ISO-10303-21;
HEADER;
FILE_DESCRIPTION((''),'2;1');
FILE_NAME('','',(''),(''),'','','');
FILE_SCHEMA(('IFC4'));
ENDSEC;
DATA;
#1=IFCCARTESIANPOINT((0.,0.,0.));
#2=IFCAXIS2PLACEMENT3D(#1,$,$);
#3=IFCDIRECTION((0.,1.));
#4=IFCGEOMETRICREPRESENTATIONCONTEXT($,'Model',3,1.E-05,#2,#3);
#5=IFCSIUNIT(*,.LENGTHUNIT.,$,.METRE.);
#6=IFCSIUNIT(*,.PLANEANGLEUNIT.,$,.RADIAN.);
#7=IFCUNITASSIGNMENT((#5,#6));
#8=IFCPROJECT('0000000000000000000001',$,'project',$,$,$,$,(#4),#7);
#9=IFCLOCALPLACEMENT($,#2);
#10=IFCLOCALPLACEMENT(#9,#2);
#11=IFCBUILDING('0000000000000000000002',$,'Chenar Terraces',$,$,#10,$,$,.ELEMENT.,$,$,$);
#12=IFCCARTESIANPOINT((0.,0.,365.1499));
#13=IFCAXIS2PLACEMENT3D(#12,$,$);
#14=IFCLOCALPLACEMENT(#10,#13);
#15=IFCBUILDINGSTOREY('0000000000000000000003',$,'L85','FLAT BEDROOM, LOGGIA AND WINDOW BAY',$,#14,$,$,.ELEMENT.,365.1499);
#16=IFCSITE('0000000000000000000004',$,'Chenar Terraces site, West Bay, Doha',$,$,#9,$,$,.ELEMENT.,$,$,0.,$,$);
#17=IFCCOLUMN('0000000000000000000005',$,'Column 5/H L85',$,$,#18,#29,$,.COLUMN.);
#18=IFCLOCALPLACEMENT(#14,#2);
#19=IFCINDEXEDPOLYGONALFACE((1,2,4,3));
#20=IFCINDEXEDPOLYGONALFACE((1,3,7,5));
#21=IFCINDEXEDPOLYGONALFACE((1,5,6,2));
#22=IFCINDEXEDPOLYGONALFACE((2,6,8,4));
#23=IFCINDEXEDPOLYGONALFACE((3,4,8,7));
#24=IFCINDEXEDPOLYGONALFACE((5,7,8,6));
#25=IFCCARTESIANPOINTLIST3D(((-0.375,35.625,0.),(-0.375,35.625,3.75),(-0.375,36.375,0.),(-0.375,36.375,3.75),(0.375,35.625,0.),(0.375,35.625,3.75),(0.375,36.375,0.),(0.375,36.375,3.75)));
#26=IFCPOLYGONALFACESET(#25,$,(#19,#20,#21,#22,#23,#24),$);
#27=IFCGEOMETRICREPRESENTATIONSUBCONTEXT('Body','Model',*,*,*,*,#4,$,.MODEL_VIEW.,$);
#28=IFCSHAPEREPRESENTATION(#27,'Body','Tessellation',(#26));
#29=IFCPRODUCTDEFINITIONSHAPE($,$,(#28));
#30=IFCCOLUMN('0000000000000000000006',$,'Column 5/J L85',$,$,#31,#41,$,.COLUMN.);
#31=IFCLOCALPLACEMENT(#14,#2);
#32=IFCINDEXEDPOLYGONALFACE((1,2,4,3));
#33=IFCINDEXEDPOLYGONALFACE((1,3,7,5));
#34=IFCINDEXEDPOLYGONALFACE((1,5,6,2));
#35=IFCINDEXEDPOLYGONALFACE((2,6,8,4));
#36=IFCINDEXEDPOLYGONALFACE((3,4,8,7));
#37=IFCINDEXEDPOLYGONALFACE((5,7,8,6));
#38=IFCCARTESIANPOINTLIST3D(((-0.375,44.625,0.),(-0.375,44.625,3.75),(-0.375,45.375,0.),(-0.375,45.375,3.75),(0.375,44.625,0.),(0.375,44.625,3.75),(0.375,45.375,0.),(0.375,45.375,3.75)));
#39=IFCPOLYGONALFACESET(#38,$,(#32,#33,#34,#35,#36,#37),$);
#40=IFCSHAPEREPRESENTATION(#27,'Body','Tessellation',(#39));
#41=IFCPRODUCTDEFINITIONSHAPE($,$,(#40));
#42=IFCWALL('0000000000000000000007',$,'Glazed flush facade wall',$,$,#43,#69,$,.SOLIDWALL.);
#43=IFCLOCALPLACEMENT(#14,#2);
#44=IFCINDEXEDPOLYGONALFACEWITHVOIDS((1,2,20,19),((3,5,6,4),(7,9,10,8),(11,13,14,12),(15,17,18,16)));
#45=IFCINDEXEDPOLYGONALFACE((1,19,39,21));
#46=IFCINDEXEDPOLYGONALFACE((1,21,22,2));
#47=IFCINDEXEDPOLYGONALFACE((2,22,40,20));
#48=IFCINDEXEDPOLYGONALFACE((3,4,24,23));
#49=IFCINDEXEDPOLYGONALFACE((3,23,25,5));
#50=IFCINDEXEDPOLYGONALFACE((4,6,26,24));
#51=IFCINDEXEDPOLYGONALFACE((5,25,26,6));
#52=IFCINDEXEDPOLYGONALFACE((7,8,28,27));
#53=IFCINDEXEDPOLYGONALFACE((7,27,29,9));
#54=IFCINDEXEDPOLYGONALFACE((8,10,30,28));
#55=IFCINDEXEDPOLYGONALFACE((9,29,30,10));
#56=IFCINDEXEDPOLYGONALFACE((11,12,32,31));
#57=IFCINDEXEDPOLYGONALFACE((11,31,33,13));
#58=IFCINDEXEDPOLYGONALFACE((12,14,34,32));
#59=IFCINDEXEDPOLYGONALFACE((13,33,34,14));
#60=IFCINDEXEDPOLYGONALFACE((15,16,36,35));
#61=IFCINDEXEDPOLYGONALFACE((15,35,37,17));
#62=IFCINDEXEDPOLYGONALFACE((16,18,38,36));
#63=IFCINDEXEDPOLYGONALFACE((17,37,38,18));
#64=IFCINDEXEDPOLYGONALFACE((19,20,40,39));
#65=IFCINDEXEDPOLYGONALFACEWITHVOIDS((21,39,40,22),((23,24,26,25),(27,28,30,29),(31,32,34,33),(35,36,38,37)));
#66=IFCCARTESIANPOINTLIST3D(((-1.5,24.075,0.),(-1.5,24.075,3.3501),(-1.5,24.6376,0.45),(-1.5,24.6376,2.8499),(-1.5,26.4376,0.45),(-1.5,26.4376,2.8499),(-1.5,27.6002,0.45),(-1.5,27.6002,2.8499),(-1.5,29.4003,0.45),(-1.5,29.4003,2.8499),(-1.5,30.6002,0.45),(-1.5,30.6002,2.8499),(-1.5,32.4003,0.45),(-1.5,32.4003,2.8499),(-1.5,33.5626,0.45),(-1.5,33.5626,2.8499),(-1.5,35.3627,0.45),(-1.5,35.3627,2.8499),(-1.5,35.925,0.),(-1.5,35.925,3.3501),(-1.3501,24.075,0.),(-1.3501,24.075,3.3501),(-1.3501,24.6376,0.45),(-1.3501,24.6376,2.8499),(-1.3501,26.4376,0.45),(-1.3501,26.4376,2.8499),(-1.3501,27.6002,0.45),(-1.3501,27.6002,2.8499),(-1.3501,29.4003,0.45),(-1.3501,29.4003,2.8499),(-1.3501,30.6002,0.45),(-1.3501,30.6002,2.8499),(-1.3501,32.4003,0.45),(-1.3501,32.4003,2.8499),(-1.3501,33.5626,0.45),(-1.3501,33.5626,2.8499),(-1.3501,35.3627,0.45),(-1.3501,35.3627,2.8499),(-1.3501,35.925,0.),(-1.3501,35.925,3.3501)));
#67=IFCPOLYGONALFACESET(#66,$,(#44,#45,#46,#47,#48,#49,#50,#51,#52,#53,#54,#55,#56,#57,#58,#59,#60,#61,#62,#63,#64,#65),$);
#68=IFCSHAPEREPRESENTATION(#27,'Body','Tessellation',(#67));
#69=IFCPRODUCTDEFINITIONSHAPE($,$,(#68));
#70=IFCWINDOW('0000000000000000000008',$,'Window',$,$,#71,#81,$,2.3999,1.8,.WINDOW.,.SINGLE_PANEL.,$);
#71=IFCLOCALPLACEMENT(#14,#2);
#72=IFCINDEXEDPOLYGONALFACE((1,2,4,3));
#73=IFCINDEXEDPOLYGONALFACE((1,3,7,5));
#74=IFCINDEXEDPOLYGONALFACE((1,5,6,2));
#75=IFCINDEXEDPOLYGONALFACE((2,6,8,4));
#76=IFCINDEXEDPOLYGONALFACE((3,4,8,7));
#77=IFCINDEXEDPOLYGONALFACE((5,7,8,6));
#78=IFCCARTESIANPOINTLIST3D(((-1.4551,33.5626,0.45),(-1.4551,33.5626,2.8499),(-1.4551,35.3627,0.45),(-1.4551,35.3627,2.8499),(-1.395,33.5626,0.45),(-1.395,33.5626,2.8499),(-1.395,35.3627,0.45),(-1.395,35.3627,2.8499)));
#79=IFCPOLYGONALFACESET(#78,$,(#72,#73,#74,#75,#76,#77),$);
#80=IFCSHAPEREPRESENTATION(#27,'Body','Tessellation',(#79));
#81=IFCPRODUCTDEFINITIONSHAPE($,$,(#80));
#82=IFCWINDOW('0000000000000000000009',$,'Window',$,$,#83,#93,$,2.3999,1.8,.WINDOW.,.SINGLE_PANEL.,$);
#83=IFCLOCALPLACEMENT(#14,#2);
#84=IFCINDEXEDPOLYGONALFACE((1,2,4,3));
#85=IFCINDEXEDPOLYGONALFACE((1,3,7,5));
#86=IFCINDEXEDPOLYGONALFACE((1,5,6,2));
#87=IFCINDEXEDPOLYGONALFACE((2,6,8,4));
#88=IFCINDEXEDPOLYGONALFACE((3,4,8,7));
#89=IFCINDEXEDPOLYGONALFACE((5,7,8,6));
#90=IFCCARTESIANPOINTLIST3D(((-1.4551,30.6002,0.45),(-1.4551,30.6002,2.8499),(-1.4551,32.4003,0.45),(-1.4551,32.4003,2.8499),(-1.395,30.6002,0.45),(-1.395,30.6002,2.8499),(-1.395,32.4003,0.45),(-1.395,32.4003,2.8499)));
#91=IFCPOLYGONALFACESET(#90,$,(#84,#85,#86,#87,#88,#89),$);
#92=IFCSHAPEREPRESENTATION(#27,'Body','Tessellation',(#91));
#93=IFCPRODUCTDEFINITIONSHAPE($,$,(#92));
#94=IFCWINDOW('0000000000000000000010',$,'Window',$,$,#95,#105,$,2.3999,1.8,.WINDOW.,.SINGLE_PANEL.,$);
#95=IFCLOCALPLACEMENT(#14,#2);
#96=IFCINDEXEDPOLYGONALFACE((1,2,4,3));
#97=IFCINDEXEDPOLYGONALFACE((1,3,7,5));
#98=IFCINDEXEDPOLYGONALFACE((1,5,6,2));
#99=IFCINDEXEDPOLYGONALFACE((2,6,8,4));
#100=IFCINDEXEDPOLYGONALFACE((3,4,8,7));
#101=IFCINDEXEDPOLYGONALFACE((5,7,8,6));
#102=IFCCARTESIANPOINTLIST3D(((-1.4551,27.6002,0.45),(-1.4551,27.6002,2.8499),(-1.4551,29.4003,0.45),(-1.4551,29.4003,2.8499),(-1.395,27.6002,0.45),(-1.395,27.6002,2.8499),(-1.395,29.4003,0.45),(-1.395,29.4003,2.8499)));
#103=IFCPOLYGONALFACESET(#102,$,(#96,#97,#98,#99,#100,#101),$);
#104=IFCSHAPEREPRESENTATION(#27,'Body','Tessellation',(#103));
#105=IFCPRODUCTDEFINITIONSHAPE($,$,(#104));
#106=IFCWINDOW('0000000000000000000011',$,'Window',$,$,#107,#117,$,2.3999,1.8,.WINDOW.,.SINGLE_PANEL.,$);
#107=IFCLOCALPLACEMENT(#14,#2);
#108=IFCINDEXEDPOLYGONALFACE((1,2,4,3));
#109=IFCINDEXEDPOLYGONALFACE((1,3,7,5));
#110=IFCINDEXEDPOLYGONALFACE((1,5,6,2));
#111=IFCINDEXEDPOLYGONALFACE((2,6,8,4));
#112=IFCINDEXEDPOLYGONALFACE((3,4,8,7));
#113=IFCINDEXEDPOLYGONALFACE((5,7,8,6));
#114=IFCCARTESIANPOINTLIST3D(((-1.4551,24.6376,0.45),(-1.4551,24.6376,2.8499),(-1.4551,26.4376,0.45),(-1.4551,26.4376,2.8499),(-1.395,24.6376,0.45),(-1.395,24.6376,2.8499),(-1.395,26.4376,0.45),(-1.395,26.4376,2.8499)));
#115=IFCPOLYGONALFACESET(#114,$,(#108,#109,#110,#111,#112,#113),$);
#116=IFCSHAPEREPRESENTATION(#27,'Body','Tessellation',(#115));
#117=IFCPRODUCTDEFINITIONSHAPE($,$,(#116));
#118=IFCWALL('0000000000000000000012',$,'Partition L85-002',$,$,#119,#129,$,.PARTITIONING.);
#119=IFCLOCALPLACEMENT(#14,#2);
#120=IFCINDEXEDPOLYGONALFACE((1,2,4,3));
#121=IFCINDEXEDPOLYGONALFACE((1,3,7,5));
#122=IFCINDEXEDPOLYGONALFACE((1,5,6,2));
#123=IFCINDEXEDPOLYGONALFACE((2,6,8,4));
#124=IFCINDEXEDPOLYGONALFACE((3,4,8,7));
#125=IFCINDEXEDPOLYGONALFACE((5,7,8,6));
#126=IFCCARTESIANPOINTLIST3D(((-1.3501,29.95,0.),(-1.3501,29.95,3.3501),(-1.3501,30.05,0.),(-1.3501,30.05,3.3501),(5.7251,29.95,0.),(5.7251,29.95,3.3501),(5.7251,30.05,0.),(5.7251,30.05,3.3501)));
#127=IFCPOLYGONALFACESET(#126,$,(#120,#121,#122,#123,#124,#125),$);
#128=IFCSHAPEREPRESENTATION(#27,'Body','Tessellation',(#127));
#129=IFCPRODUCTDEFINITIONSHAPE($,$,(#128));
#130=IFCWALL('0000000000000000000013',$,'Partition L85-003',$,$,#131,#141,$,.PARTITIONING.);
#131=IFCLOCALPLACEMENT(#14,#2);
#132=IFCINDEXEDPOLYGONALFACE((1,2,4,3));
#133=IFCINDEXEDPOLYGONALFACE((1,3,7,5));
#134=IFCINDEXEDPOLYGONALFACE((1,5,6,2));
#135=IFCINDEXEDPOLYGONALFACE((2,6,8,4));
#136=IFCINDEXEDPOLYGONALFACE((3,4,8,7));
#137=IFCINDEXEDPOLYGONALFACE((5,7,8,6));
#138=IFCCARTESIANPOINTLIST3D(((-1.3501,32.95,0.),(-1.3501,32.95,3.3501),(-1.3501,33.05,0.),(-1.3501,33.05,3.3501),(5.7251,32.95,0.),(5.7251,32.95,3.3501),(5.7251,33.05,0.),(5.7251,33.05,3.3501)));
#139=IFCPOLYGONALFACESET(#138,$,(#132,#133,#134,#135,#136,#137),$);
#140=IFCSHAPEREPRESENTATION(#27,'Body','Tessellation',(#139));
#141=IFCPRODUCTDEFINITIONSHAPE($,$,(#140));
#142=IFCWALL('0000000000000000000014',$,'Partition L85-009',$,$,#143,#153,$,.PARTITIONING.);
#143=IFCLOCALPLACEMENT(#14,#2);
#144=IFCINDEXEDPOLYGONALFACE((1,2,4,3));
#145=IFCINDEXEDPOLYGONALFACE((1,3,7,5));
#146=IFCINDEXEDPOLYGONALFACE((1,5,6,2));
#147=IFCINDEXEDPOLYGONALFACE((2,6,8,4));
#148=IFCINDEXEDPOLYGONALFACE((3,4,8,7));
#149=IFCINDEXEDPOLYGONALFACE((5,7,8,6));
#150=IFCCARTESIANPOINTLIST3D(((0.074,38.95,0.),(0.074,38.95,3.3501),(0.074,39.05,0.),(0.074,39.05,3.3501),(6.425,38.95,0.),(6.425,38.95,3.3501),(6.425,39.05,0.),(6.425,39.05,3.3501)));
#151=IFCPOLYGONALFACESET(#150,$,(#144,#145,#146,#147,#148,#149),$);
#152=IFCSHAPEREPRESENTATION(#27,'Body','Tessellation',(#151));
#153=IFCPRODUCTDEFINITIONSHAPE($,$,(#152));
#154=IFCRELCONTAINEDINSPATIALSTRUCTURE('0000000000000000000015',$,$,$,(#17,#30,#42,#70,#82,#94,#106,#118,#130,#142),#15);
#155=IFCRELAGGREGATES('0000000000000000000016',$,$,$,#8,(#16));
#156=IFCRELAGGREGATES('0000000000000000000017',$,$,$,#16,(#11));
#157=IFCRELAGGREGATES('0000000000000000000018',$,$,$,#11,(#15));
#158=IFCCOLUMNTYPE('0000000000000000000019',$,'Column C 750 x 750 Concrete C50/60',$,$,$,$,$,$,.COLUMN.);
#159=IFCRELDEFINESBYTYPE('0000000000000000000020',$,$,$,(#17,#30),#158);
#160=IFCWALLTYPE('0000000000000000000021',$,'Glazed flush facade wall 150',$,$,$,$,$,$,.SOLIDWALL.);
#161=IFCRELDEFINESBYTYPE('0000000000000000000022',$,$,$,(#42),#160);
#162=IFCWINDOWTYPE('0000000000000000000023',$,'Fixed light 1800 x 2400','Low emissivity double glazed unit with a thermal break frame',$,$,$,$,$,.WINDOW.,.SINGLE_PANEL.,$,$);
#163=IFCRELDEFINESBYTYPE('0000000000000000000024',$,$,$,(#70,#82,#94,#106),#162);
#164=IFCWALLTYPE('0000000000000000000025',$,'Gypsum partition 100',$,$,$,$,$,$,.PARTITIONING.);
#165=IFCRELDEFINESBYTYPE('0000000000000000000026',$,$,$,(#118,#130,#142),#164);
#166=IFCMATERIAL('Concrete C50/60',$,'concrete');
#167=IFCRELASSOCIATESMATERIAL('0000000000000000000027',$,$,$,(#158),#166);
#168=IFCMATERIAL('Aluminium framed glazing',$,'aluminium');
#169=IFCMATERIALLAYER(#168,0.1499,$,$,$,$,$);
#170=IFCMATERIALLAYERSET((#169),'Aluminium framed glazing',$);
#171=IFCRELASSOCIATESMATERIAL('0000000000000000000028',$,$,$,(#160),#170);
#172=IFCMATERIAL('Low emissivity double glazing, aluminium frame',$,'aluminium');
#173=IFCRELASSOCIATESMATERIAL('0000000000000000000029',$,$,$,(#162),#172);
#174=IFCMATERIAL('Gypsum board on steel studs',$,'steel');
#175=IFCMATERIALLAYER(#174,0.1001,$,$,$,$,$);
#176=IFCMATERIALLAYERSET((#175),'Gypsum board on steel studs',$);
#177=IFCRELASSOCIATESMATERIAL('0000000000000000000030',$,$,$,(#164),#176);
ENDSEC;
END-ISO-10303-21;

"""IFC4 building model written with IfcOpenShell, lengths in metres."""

from ifc_helpers import new_model, si_unit, direction, frame, frame_2d, origin, origin_2d, place, context, subcontext, project, spatial, rectangle, extrude, material, layer, layer_set, material_profile, profile_set, type_object, element, fill, save


model = new_model("IFC4")

# Units and contexts
model_context = context("Model", 3, precision=1e-05, world=origin(), true_north=direction((0.0, 1.0)))
body_context = subcontext(model_context, "Body", "Model", "MODEL_VIEW")
ifc_project = project(units=[si_unit("LENGTHUNIT", "METRE"), si_unit("PLANEANGLEUNIT", "RADIAN")], contexts=[model_context])

# Site, building, storey
site_placement = place(None, origin())
site = spatial("IfcSite", under=ifc_project, at=site_placement, Name="Chenar Terraces site, West Bay, Doha", CompositionType="ELEMENT", RefElevation=0.0)
building_placement = place(site_placement, origin())
building = spatial("IfcBuilding", under=site, at=building_placement, Name="Chenar Terraces", CompositionType="ELEMENT")
storey_placement = place(building_placement, frame((0.0, 0.0, 365.1499)))
storey = spatial("IfcBuildingStorey", under=building, at=storey_placement, Name="L85", Description="FLAT BEDROOM, LOGGIA AND WINDOW BAY", CompositionType="ELEMENT", Elevation=365.1499)

# Columns
ifc_material_1 = material(Name="Concrete C50/60", Category="concrete")
ifc_material_profile = material_profile(ifc_material_1, rectangle(XDim=0.75, YDim=0.75, at=origin_2d()), Name="C 750 x 750")
ifc_profile_set = profile_set([ifc_material_profile], Name="Concrete C50/60")
column_type = type_object("IfcColumnType", Name="Column C 750 x 750 Concrete C50/60", PredefinedType="COLUMN", material=ifc_profile_set)
placement = place(storey_placement, frame((0.0, 36.0, 0.0), z_axis=(0.0, 0.0, 1.0), x_axis=(1.0, 0.0, 0.0)))
element("IfcColumn", 1, at=placement, inside=storey, type_object=column_type, Name="Column 5/H L85", PredefinedType="COLUMN", context=body_context, shape_type="SweptSolid", body=[
    extrude(rectangle(XDim=0.75, YDim=0.75, at=origin_2d()), origin(), (0.0, 0.0, 1.0), 3.75),
])
column_1_placement = place(storey_placement, frame((0.0, 45.0, 0.0), z_axis=(0.0, 0.0, 1.0), x_axis=(1.0, 0.0, 0.0)))
element("IfcColumn", 2, at=column_1_placement, inside=storey, type_object=column_type, Name="Column 5/J L85", PredefinedType="COLUMN", context=body_context, shape_type="SweptSolid", body=[
    extrude(rectangle(XDim=0.75, YDim=0.75, at=origin_2d()), origin(), (0.0, 0.0, 1.0), 3.75),
])

# Wall, openings, windows
ifc_material_2 = material(Name="Aluminium framed glazing", Category="aluminium")
ifc_layer_1 = layer(ifc_material_2, 0.1499)
ifc_layer_set_1 = layer_set([ifc_layer_1], Name="Aluminium framed glazing")
wall_type_1 = type_object("IfcWallType", Name="Glazed flush facade wall 150", PredefinedType="SOLIDWALL", material=ifc_layer_set_1)
wall_1_placement = place(storey_placement, frame((-1.425, 35.925, 0.0), z_axis=(0.0, 0.0, 1.0), x_axis=(0.0, -1.0, 0.0)))
wall_1 = element("IfcWall", 3, at=wall_1_placement, inside=storey, type_object=wall_type_1, Name="Glazed flush facade wall", PredefinedType="SOLIDWALL", context=body_context, shape_type="SweptSolid", body=[
    extrude(rectangle(XDim=11.8501, YDim=0.1499, at=frame_2d((5.925, 0.0))), origin(), (0.0, 0.0, 1.0), 3.3501),
])
opening_1_placement = place(wall_1_placement, frame((0.5625, 0.0, 0.45)))
opening_1 = element("IfcOpeningElement", 4, at=opening_1_placement, cuts=wall_1, PredefinedType="OPENING", context=body_context, shape_type="SweptSolid", body=[
    extrude(rectangle(XDim=1.8, YDim=2.3999, at=frame_2d((0.8999, 1.2))), frame((0.0, 0.085, 0.0), z_axis=(0.0, -1.0, 0.0), x_axis=(1.0, 0.0, 0.0)), (0.0, 0.0, 1.0), 0.1699),
])
opening_2_placement = place(wall_1_placement, frame((3.5249, 0.0, 0.45)))
opening_2 = element("IfcOpeningElement", 5, at=opening_2_placement, cuts=wall_1, PredefinedType="OPENING", context=body_context, shape_type="SweptSolid", body=[
    extrude(rectangle(XDim=1.8, YDim=2.3999, at=frame_2d((0.8999, 1.2))), frame((0.0, 0.085, 0.0), z_axis=(0.0, -1.0, 0.0), x_axis=(1.0, 0.0, 0.0)), (0.0, 0.0, 1.0), 0.1699),
])
opening_3_placement = place(wall_1_placement, frame((6.5249, 0.0, 0.45)))
opening_3 = element("IfcOpeningElement", 6, at=opening_3_placement, cuts=wall_1, PredefinedType="OPENING", context=body_context, shape_type="SweptSolid", body=[
    extrude(rectangle(XDim=1.8, YDim=2.3999, at=frame_2d((0.8999, 1.2))), frame((0.0, 0.085, 0.0), z_axis=(0.0, -1.0, 0.0), x_axis=(1.0, 0.0, 0.0)), (0.0, 0.0, 1.0), 0.1699),
])
opening_4_placement = place(wall_1_placement, frame((9.4875, 0.0, 0.45)))
opening_4 = element("IfcOpeningElement", 7, at=opening_4_placement, cuts=wall_1, PredefinedType="OPENING", context=body_context, shape_type="SweptSolid", body=[
    extrude(rectangle(XDim=1.8, YDim=2.3999, at=frame_2d((0.8999, 1.2))), frame((0.0, 0.085, 0.0), z_axis=(0.0, -1.0, 0.0), x_axis=(1.0, 0.0, 0.0)), (0.0, 0.0, 1.0), 0.1699),
])
ifc_material_3 = material(Name="Low emissivity double glazing, aluminium frame", Category="aluminium")
window_type = type_object("IfcWindowType", Name="Fixed light 1800 x 2400", Description="Low emissivity double glazed unit with a thermal break frame", PartitioningType="SINGLE_PANEL", PredefinedType="WINDOW", material=ifc_material_3)
window_1_placement = place(opening_1_placement, origin())
window_1 = element("IfcWindow", 8, at=window_1_placement, inside=storey, type_object=window_type, Name="Window", OverallHeight=2.3999, OverallWidth=1.8, PartitioningType="SINGLE_PANEL", PredefinedType="WINDOW", context=body_context, shape_type="SweptSolid", body=[
    extrude(rectangle(XDim=1.8, YDim=2.3999, at=frame_2d((0.8999, 1.2))), frame((0.0, 0.03, 0.0), z_axis=(0.0, -1.0, 0.0), x_axis=(1.0, 0.0, 0.0)), (0.0, 0.0, 1.0), 0.0601),
])
fill(opening_1, window_1)
window_2_placement = place(opening_2_placement, origin())
window_2 = element("IfcWindow", 9, at=window_2_placement, inside=storey, type_object=window_type, Name="Window", OverallHeight=2.3999, OverallWidth=1.8, PartitioningType="SINGLE_PANEL", PredefinedType="WINDOW", context=body_context, shape_type="SweptSolid", body=[
    extrude(rectangle(XDim=1.8, YDim=2.3999, at=frame_2d((0.8999, 1.2))), frame((0.0, 0.03, 0.0), z_axis=(0.0, -1.0, 0.0), x_axis=(1.0, 0.0, 0.0)), (0.0, 0.0, 1.0), 0.0601),
])
fill(opening_2, window_2)
window_3_placement = place(opening_3_placement, origin())
window_3 = element("IfcWindow", 10, at=window_3_placement, inside=storey, type_object=window_type, Name="Window", OverallHeight=2.3999, OverallWidth=1.8, PartitioningType="SINGLE_PANEL", PredefinedType="WINDOW", context=body_context, shape_type="SweptSolid", body=[
    extrude(rectangle(XDim=1.8, YDim=2.3999, at=frame_2d((0.8999, 1.2))), frame((0.0, 0.03, 0.0), z_axis=(0.0, -1.0, 0.0), x_axis=(1.0, 0.0, 0.0)), (0.0, 0.0, 1.0), 0.0601),
])
fill(opening_3, window_3)
window_4_placement = place(opening_4_placement, origin())
window_4 = element("IfcWindow", 11, at=window_4_placement, inside=storey, type_object=window_type, Name="Window", OverallHeight=2.3999, OverallWidth=1.8, PartitioningType="SINGLE_PANEL", PredefinedType="WINDOW", context=body_context, shape_type="SweptSolid", body=[
    extrude(rectangle(XDim=1.8, YDim=2.3999, at=frame_2d((0.8999, 1.2))), frame((0.0, 0.03, 0.0), z_axis=(0.0, -1.0, 0.0), x_axis=(1.0, 0.0, 0.0)), (0.0, 0.0, 1.0), 0.0601),
])
fill(opening_4, window_4)

# Walls
ifc_material_4 = material(Name="Gypsum board on steel studs", Category="steel")
ifc_layer_2 = layer(ifc_material_4, 0.1001)
ifc_layer_set_2 = layer_set([ifc_layer_2], Name="Gypsum board on steel studs")
wall_type_2 = type_object("IfcWallType", Name="Gypsum partition 100", PredefinedType="PARTITIONING", material=ifc_layer_set_2)
for number, where, z_axis, x_axis, name in (
    (12, (-1.3501, 30.0, 0.0), (0.0, 0.0, 1.0), (1.0, 0.0, 0.0), "Partition L85-002"),
    (13, (-1.3501, 33.0, 0.0), (0.0, 0.0, 1.0), (1.0, 0.0, 0.0), "Partition L85-003"),
):
    element("IfcWall", number, at=place(storey_placement, frame(where, z_axis=z_axis, x_axis=x_axis)), inside=storey, type_object=wall_type_2, Name=name, PredefinedType="PARTITIONING", context=body_context, shape_type="SweptSolid", body=[
        extrude(rectangle(XDim=7.0752, YDim=0.1001, at=frame_2d((3.5376, 0.0))), origin(), (0.0, 0.0, 1.0), 3.3501),
    ])
wall_2_placement = place(storey_placement, frame((0.074, 39.0, 0.0), z_axis=(0.0, 0.0, 1.0), x_axis=(1.0, 0.0, 0.0)))
element("IfcWall", 14, at=wall_2_placement, inside=storey, type_object=wall_type_2, Name="Partition L85-009", PredefinedType="PARTITIONING", context=body_context, shape_type="SweptSolid", body=[
    extrude(rectangle(XDim=6.3511, YDim=0.1001, at=frame_2d((3.1755, 0.0))), origin(), (0.0, 0.0, 1.0), 3.3501),
])

save(model, "model.ifc")
